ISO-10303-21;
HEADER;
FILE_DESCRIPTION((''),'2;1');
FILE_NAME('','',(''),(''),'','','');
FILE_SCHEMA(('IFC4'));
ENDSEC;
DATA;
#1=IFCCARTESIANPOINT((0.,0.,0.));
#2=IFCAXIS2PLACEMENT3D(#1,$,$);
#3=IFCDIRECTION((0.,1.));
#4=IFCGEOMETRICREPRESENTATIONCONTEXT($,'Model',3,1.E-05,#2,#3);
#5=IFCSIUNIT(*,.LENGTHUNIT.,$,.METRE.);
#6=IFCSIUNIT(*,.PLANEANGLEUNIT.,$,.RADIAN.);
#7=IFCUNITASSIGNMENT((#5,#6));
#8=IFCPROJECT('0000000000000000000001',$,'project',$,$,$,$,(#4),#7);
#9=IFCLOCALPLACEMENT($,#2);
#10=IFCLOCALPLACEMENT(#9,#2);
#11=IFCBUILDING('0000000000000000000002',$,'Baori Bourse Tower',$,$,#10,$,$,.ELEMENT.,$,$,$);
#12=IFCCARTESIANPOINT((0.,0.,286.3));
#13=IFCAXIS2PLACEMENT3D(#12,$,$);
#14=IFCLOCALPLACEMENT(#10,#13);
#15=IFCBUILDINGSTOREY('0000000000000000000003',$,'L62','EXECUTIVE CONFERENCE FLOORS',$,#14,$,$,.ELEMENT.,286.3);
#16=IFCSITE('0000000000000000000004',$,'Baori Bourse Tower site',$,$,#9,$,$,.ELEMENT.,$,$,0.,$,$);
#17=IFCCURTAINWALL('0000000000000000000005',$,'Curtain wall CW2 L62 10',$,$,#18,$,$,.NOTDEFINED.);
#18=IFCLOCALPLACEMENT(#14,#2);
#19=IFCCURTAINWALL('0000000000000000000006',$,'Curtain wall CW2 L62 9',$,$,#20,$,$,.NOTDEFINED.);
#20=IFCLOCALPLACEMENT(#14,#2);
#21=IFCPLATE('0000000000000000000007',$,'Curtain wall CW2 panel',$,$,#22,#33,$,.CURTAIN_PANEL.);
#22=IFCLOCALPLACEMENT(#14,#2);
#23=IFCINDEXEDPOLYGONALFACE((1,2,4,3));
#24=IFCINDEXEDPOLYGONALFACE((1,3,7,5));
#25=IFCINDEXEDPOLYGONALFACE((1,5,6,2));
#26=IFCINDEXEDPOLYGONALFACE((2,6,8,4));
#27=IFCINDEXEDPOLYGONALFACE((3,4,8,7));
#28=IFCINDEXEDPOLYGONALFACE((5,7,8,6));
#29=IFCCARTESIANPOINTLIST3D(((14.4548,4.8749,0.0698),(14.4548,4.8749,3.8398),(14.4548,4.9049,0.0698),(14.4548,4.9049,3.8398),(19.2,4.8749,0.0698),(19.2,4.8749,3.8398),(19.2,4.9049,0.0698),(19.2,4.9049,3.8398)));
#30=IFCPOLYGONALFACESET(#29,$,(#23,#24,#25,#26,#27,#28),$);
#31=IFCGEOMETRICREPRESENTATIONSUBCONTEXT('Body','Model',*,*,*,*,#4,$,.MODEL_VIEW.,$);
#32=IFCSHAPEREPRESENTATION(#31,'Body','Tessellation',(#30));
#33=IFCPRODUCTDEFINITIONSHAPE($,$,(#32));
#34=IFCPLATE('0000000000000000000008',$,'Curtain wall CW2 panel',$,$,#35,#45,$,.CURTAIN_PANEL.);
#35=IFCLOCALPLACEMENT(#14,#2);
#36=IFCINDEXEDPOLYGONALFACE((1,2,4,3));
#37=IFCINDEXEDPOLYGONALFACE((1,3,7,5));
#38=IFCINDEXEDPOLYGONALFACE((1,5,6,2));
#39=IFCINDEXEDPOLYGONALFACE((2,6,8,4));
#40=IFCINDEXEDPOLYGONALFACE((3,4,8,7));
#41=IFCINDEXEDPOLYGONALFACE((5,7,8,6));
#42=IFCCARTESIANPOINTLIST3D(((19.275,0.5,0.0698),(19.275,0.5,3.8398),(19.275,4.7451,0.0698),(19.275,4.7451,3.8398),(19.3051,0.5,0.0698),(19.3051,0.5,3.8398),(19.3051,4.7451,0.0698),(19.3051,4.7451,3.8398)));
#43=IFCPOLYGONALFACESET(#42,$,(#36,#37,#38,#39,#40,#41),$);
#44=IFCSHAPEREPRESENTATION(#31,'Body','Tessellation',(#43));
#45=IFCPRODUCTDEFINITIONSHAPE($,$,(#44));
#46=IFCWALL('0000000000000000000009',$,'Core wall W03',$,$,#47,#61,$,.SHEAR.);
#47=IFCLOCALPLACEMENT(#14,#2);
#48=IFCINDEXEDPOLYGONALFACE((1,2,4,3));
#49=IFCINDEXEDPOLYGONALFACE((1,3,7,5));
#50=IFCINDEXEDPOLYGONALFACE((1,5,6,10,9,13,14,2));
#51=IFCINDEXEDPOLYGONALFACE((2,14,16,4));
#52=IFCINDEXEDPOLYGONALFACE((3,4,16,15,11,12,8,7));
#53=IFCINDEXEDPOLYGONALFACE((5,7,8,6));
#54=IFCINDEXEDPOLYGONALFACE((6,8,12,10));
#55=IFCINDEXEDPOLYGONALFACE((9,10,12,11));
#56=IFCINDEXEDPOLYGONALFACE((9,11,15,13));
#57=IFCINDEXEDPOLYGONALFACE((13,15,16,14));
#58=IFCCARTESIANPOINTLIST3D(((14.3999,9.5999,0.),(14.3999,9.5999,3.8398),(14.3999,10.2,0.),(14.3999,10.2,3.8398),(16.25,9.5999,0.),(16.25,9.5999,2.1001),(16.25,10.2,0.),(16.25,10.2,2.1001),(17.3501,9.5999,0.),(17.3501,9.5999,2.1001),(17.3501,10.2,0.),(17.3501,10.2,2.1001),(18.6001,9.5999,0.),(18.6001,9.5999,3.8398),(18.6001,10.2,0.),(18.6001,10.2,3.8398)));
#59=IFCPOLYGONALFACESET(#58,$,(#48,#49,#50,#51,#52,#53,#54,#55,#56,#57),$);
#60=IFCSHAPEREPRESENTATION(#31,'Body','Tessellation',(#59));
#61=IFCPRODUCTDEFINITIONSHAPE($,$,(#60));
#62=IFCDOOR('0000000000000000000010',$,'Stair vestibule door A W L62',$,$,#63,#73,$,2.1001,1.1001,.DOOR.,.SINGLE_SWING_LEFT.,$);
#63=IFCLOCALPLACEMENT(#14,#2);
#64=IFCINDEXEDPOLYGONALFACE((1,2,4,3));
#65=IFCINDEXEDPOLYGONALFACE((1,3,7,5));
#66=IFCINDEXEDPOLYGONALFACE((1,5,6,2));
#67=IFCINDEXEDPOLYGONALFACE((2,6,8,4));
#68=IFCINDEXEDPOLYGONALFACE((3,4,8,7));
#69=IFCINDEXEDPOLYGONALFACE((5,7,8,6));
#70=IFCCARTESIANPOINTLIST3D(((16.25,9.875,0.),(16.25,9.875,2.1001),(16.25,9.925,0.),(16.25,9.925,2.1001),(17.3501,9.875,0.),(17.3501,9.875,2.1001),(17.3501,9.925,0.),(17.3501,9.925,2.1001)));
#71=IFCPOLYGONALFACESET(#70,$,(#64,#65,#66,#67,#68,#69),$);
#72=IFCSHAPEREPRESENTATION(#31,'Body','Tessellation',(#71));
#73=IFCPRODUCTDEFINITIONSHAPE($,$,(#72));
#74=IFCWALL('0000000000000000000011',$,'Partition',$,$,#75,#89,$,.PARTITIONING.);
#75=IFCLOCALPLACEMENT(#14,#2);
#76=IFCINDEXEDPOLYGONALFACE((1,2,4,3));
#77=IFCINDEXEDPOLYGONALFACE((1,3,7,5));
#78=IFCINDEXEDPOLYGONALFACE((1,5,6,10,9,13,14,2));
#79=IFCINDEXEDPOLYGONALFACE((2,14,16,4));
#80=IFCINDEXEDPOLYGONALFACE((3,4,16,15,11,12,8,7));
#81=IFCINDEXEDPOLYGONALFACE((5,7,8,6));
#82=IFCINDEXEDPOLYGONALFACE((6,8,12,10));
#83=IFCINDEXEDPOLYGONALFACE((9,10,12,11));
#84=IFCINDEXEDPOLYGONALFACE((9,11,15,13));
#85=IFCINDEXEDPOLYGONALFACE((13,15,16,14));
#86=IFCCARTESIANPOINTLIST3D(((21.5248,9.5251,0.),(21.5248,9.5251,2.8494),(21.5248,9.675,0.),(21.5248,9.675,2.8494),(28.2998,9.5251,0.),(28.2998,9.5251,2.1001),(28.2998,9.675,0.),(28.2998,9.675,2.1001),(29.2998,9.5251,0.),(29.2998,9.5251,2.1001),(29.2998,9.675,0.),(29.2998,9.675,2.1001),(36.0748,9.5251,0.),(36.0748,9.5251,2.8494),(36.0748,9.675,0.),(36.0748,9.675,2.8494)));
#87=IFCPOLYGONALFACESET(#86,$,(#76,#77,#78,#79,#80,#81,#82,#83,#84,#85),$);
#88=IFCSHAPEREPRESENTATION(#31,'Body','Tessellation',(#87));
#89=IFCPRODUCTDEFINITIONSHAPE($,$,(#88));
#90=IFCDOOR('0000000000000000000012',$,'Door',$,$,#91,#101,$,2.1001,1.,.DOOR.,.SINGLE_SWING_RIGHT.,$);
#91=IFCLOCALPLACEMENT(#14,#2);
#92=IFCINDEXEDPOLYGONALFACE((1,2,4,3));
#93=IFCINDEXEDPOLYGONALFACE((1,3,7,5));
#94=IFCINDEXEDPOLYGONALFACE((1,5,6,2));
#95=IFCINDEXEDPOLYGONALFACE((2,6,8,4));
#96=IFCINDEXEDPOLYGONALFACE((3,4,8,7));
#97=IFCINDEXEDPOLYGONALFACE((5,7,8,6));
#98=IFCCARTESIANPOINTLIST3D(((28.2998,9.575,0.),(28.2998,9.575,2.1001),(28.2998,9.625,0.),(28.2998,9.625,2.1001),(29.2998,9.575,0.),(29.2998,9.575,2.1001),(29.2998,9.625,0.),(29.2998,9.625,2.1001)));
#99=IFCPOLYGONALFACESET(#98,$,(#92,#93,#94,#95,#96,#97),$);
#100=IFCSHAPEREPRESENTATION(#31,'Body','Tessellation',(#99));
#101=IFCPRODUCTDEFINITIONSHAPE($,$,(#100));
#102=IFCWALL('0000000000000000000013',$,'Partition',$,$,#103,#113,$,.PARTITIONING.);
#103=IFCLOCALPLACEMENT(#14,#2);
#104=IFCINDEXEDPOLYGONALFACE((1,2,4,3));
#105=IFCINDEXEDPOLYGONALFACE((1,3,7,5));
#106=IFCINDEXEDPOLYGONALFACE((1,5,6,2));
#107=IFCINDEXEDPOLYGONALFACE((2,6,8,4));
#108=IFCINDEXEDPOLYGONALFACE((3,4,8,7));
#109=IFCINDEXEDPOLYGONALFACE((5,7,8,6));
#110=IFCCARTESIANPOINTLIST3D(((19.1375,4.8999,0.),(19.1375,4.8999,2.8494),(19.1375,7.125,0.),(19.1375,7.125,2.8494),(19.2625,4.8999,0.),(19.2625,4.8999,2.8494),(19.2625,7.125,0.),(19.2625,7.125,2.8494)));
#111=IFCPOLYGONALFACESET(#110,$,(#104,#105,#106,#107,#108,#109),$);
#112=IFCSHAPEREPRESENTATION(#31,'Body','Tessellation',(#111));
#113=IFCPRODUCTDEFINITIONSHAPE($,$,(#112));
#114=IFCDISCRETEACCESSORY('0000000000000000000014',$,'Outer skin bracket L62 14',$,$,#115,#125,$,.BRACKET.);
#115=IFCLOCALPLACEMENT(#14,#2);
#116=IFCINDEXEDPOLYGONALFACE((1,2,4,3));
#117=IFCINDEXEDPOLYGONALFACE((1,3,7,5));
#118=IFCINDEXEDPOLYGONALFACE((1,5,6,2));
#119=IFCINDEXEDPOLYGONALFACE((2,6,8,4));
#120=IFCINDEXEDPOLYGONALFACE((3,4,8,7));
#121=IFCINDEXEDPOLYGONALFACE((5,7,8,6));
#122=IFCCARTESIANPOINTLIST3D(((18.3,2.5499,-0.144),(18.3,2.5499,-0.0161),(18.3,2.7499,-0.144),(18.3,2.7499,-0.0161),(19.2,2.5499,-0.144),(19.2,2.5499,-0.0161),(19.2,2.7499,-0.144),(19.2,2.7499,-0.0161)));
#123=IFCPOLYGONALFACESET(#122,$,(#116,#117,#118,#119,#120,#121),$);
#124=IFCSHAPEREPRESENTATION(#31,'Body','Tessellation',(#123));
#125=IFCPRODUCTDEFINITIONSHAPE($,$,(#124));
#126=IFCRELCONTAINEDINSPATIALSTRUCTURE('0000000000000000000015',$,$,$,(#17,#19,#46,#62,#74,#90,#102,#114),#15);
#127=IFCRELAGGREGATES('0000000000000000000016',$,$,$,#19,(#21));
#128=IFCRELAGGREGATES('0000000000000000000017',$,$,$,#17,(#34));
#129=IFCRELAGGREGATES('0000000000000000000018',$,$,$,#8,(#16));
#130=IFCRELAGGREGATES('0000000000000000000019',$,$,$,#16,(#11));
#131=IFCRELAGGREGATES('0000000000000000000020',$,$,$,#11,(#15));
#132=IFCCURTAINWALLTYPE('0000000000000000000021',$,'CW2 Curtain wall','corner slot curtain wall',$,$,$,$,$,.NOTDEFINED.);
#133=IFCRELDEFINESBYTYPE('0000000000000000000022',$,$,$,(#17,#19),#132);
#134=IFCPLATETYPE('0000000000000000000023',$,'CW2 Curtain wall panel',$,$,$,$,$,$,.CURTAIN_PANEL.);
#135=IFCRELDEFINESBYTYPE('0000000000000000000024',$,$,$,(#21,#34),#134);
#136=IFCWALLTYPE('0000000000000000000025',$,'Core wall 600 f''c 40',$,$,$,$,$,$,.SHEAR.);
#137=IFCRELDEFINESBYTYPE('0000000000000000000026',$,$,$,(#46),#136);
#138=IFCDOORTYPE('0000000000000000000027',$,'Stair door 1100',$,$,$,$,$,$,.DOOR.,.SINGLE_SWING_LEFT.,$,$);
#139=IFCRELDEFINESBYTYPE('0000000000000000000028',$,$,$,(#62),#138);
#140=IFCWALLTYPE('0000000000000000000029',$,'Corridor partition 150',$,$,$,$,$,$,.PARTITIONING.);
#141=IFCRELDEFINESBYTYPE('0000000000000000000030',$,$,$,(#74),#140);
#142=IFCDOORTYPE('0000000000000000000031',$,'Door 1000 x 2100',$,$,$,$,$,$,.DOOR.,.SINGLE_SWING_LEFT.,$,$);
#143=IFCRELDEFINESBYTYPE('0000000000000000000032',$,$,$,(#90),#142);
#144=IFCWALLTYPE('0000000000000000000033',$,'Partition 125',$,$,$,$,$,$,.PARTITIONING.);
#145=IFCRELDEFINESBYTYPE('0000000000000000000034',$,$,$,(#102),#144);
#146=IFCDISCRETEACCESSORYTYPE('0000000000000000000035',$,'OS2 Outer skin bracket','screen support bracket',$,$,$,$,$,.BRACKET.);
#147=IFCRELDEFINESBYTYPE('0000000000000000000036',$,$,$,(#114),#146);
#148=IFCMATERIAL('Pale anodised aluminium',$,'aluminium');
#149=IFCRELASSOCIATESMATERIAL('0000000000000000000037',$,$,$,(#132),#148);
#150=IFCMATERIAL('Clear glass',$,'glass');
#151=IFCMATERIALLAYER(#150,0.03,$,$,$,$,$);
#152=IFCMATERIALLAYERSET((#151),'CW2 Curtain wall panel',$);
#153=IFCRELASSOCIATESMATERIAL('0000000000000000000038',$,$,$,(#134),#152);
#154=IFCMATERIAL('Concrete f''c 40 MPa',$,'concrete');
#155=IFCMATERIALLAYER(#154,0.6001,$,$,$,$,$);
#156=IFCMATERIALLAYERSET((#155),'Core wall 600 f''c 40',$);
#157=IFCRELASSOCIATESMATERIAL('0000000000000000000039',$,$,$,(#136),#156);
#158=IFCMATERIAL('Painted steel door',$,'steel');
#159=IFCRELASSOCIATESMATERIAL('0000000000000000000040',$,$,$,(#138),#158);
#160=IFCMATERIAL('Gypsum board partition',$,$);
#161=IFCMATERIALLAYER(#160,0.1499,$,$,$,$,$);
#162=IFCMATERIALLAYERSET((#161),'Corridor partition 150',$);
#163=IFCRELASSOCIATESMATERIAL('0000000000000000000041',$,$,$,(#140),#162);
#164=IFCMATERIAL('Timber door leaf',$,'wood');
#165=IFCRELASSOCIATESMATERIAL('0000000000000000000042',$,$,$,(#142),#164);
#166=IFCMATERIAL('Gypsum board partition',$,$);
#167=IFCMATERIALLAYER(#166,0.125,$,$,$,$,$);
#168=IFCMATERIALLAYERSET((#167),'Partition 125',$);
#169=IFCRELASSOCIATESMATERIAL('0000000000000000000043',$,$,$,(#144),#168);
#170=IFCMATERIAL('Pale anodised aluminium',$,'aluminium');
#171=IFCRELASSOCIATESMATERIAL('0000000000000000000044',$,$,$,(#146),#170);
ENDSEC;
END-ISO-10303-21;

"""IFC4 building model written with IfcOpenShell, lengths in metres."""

from ifc_helpers import new_model, si_unit, direction, frame, frame_2d, origin, origin_2d, place, context, subcontext, project, spatial, rectangle, extrude, material, layer, layer_set, type_object, element, fill, aggregate, save


model = new_model("IFC4")

# Units and contexts
model_context = context("Model", 3, precision=1e-05, world=origin(), true_north=direction((0.0, 1.0)))
body_context = subcontext(model_context, "Body", "Model", "MODEL_VIEW")
ifc_project = project(units=[si_unit("LENGTHUNIT", "METRE"), si_unit("PLANEANGLEUNIT", "RADIAN")], contexts=[model_context])

# Site, building, storey
site_placement = place(None, origin())
site = spatial("IfcSite", under=ifc_project, at=site_placement, Name="Baori Bourse Tower site", CompositionType="ELEMENT", RefElevation=0.0)
building_placement = place(site_placement, origin())
building = spatial("IfcBuilding", under=site, at=building_placement, Name="Baori Bourse Tower", CompositionType="ELEMENT")
storey_placement = place(building_placement, frame((0.0, 0.0, 286.3)))
storey = spatial("IfcBuildingStorey", under=building, at=storey_placement, Name="L62", Description="EXECUTIVE CONFERENCE FLOORS", CompositionType="ELEMENT", Elevation=286.3)

# Curtain wall
ifc_material_1 = material(Name="Pale anodised aluminium", Category="aluminium")
curtain_wall_type_1 = type_object("IfcCurtainWallType", Name="CW2 Curtain wall", Description="corner slot curtain wall", PredefinedType="NOTDEFINED", material=ifc_material_1)
curtain_wall_1_placement = place(storey_placement, origin())
curtain_wall_1 = element("IfcCurtainWall", 1, at=curtain_wall_1_placement, inside=storey, type_object=curtain_wall_type_1, Name="Curtain wall CW2 L62 10", PredefinedType="NOTDEFINED")

# Curtain wall, plate
curtain_wall_2_placement = place(storey_placement, origin())
curtain_wall_2 = element("IfcCurtainWall", 2, at=curtain_wall_2_placement, inside=storey, type_object=curtain_wall_type_1, Name="Curtain wall CW2 L62 9", PredefinedType="NOTDEFINED")
ifc_material_2 = material(Name="Clear glass", Category="glass")
ifc_layer_1 = layer(ifc_material_2, 0.03)
ifc_layer_set_1 = layer_set([ifc_layer_1], Name="CW2 Curtain wall panel")
plate_type = type_object("IfcPlateType", Name="CW2 Curtain wall panel", PredefinedType="CURTAIN_PANEL", material=ifc_layer_set_1)
plate_1_placement = place(storey_placement, frame((16.8274, 4.8899, 0.0698), z_axis=(0.0, 0.0, 1.0), x_axis=(1.0, 0.0, 0.0)))
plate_1 = element("IfcPlate", 3, at=plate_1_placement, type_object=plate_type, Name="Curtain wall CW2 panel", PredefinedType="CURTAIN_PANEL", context=body_context, shape_type="SweptSolid", body=[
    extrude(rectangle(XDim=4.7451, YDim=0.03, at=origin_2d()), origin(), (0.0, 0.0, 1.0), 3.77),
])
aggregate(curtain_wall_2, [plate_1])

# Plate
plate_2_placement = place(storey_placement, frame((19.29, 2.6226, 0.0698), z_axis=(0.0, 0.0, 1.0), x_axis=(0.0, -1.0, 0.0)))
plate_2 = element("IfcPlate", 4, at=plate_2_placement, type_object=plate_type, Name="Curtain wall CW2 panel", PredefinedType="CURTAIN_PANEL", context=body_context, shape_type="SweptSolid", body=[
    extrude(rectangle(XDim=4.2451, YDim=0.03, at=origin_2d()), origin(), (0.0, 0.0, 1.0), 3.77),
])
aggregate(curtain_wall_1, [plate_2])

# Walls, openings, doors
ifc_material_3 = material(Name="Concrete f'c 40 MPa", Category="concrete")
ifc_layer_2 = layer(ifc_material_3, 0.6001)
ifc_layer_set_2 = layer_set([ifc_layer_2], Name="Core wall 600 f'c 40")
wall_type_1 = type_object("IfcWallType", Name="Core wall 600 f'c 40", PredefinedType="SHEAR", material=ifc_layer_set_2)
wall_1_placement = place(storey_placement, frame((18.6001, 9.8999, 0.0), z_axis=(0.0, 0.0, 1.0), x_axis=(-1.0, 0.0, 0.0)))
wall_1 = element("IfcWall", 5, at=wall_1_placement, inside=storey, type_object=wall_type_1, Name="Core wall W03", PredefinedType="SHEAR", context=body_context, shape_type="SweptSolid", body=[
    extrude(rectangle(XDim=4.2002, YDim=0.6001, at=frame_2d((2.1001, 0.0))), origin(), (0.0, 0.0, 1.0), 3.8398),
])
opening_1_placement = place(wall_1_placement, frame((1.25, 0.0, 0.0)))
opening_1 = element("IfcOpeningElement", 6, at=opening_1_placement, cuts=wall_1, PredefinedType="OPENING", context=body_context, shape_type="SweptSolid", body=[
    extrude(rectangle(XDim=1.1001, YDim=2.1001, at=frame_2d((0.55, 1.05))), frame((0.0, 0.3101, 0.0), z_axis=(0.0, -1.0, 0.0), x_axis=(1.0, 0.0, 0.0)), (0.0, 0.0, 1.0), 0.6201),
])
ifc_material_4 = material(Name="Painted steel door", Category="steel")
door_type_1 = type_object("IfcDoorType", Name="Stair door 1100", OperationType="SINGLE_SWING_LEFT", PredefinedType="DOOR", material=ifc_material_4)
door_1_placement = place(opening_1_placement, origin())
door_1 = element("IfcDoor", 7, at=door_1_placement, inside=storey, type_object=door_type_1, Name="Stair vestibule door A W L62", OperationType="SINGLE_SWING_LEFT", OverallHeight=2.1001, OverallWidth=1.1001, PredefinedType="DOOR", context=body_context, shape_type="SweptSolid", body=[
    extrude(rectangle(XDim=1.1001, YDim=2.1001, at=frame_2d((0.55, 1.05))), frame((0.0, 0.0249, 0.0), z_axis=(0.0, -1.0, 0.0), x_axis=(1.0, 0.0, 0.0)), (0.0, 0.0, 1.0), 0.05),
])
fill(opening_1, door_1)
ifc_material_5 = material(Name="Gypsum board partition")
ifc_layer_3 = layer(ifc_material_5, 0.1499)
ifc_layer_set_3 = layer_set([ifc_layer_3], Name="Corridor partition 150")
wall_type_2 = type_object("IfcWallType", Name="Corridor partition 150", PredefinedType="PARTITIONING", material=ifc_layer_set_3)
wall_2_placement = place(storey_placement, frame((21.5249, 9.6001, 0.0), z_axis=(0.0, 0.0, 1.0), x_axis=(1.0, 0.0, 0.0)))
wall_2 = element("IfcWall", 8, at=wall_2_placement, inside=storey, type_object=wall_type_2, Name="Partition", PredefinedType="PARTITIONING", context=body_context, shape_type="SweptSolid", body=[
    extrude(rectangle(XDim=14.55, YDim=0.1499, at=frame_2d((7.2749, 0.0))), origin(), (0.0, 0.0, 1.0), 2.8494),
])
opening_2_placement = place(wall_2_placement, frame((6.7749, 0.0, 0.0)))
opening_2 = element("IfcOpeningElement", 9, at=opening_2_placement, cuts=wall_2, PredefinedType="OPENING", context=body_context, shape_type="SweptSolid", body=[
    extrude(rectangle(XDim=1.0, YDim=2.1001, at=frame_2d((0.5, 1.05))), frame((0.0, 0.085, 0.0), z_axis=(0.0, -1.0, 0.0), x_axis=(1.0, 0.0, 0.0)), (0.0, 0.0, 1.0), 0.1699),
])
ifc_material_6 = material(Name="Timber door leaf", Category="wood")
door_type_2 = type_object("IfcDoorType", Name="Door 1000 x 2100", OperationType="SINGLE_SWING_LEFT", PredefinedType="DOOR", material=ifc_material_6)
door_2_placement = place(opening_2_placement, origin())
door_2 = element("IfcDoor", 10, at=door_2_placement, inside=storey, type_object=door_type_2, Name="Door", OperationType="SINGLE_SWING_RIGHT", OverallHeight=2.1001, OverallWidth=1.0, PredefinedType="DOOR", context=body_context, shape_type="SweptSolid", body=[
    extrude(rectangle(XDim=1.0, YDim=2.1001, at=frame_2d((0.5, 1.05))), frame((0.0, 0.0249, 0.0), z_axis=(0.0, -1.0, 0.0), x_axis=(1.0, 0.0, 0.0)), (0.0, 0.0, 1.0), 0.05),
])
fill(opening_2, door_2)

# Wall
ifc_material_7 = material(Name="Gypsum board partition")
ifc_layer_4 = layer(ifc_material_7, 0.125)
ifc_layer_set_4 = layer_set([ifc_layer_4], Name="Partition 125")
wall_type_3 = type_object("IfcWallType", Name="Partition 125", PredefinedType="PARTITIONING", material=ifc_layer_set_4)
wall_3_placement = place(storey_placement, frame((19.2, 4.8999, 0.0), z_axis=(0.0, 0.0, 1.0), x_axis=(0.0, 1.0, 0.0)))
element("IfcWall", 11, at=wall_3_placement, inside=storey, type_object=wall_type_3, Name="Partition", PredefinedType="PARTITIONING", context=body_context, shape_type="SweptSolid", body=[
    extrude(rectangle(XDim=2.2251, YDim=0.125, at=frame_2d((1.1125, 0.0))), origin(), (0.0, 0.0, 1.0), 2.8494),
])

# Discrete accessory
ifc_material_8 = material(Name="Pale anodised aluminium", Category="aluminium")
discrete_accessory_type = type_object("IfcDiscreteAccessoryType", Name="OS2 Outer skin bracket", Description="screen support bracket", PredefinedType="BRACKET", material=ifc_material_8)
discrete_accessory_placement = place(storey_placement, frame((18.75, 2.6499, -0.144), z_axis=(0.0, 0.0, 1.0), x_axis=(0.0, -1.0, 0.0)))
element("IfcDiscreteAccessory", 12, at=discrete_accessory_placement, inside=storey, type_object=discrete_accessory_type, Name="Outer skin bracket L62 14", PredefinedType="BRACKET", context=body_context, shape_type="SweptSolid", body=[
    extrude(rectangle(XDim=0.2, YDim=0.8999, at=origin_2d()), origin(), (0.0, 0.0, 1.0), 0.1279),
])

save(model, "model.ifc")
